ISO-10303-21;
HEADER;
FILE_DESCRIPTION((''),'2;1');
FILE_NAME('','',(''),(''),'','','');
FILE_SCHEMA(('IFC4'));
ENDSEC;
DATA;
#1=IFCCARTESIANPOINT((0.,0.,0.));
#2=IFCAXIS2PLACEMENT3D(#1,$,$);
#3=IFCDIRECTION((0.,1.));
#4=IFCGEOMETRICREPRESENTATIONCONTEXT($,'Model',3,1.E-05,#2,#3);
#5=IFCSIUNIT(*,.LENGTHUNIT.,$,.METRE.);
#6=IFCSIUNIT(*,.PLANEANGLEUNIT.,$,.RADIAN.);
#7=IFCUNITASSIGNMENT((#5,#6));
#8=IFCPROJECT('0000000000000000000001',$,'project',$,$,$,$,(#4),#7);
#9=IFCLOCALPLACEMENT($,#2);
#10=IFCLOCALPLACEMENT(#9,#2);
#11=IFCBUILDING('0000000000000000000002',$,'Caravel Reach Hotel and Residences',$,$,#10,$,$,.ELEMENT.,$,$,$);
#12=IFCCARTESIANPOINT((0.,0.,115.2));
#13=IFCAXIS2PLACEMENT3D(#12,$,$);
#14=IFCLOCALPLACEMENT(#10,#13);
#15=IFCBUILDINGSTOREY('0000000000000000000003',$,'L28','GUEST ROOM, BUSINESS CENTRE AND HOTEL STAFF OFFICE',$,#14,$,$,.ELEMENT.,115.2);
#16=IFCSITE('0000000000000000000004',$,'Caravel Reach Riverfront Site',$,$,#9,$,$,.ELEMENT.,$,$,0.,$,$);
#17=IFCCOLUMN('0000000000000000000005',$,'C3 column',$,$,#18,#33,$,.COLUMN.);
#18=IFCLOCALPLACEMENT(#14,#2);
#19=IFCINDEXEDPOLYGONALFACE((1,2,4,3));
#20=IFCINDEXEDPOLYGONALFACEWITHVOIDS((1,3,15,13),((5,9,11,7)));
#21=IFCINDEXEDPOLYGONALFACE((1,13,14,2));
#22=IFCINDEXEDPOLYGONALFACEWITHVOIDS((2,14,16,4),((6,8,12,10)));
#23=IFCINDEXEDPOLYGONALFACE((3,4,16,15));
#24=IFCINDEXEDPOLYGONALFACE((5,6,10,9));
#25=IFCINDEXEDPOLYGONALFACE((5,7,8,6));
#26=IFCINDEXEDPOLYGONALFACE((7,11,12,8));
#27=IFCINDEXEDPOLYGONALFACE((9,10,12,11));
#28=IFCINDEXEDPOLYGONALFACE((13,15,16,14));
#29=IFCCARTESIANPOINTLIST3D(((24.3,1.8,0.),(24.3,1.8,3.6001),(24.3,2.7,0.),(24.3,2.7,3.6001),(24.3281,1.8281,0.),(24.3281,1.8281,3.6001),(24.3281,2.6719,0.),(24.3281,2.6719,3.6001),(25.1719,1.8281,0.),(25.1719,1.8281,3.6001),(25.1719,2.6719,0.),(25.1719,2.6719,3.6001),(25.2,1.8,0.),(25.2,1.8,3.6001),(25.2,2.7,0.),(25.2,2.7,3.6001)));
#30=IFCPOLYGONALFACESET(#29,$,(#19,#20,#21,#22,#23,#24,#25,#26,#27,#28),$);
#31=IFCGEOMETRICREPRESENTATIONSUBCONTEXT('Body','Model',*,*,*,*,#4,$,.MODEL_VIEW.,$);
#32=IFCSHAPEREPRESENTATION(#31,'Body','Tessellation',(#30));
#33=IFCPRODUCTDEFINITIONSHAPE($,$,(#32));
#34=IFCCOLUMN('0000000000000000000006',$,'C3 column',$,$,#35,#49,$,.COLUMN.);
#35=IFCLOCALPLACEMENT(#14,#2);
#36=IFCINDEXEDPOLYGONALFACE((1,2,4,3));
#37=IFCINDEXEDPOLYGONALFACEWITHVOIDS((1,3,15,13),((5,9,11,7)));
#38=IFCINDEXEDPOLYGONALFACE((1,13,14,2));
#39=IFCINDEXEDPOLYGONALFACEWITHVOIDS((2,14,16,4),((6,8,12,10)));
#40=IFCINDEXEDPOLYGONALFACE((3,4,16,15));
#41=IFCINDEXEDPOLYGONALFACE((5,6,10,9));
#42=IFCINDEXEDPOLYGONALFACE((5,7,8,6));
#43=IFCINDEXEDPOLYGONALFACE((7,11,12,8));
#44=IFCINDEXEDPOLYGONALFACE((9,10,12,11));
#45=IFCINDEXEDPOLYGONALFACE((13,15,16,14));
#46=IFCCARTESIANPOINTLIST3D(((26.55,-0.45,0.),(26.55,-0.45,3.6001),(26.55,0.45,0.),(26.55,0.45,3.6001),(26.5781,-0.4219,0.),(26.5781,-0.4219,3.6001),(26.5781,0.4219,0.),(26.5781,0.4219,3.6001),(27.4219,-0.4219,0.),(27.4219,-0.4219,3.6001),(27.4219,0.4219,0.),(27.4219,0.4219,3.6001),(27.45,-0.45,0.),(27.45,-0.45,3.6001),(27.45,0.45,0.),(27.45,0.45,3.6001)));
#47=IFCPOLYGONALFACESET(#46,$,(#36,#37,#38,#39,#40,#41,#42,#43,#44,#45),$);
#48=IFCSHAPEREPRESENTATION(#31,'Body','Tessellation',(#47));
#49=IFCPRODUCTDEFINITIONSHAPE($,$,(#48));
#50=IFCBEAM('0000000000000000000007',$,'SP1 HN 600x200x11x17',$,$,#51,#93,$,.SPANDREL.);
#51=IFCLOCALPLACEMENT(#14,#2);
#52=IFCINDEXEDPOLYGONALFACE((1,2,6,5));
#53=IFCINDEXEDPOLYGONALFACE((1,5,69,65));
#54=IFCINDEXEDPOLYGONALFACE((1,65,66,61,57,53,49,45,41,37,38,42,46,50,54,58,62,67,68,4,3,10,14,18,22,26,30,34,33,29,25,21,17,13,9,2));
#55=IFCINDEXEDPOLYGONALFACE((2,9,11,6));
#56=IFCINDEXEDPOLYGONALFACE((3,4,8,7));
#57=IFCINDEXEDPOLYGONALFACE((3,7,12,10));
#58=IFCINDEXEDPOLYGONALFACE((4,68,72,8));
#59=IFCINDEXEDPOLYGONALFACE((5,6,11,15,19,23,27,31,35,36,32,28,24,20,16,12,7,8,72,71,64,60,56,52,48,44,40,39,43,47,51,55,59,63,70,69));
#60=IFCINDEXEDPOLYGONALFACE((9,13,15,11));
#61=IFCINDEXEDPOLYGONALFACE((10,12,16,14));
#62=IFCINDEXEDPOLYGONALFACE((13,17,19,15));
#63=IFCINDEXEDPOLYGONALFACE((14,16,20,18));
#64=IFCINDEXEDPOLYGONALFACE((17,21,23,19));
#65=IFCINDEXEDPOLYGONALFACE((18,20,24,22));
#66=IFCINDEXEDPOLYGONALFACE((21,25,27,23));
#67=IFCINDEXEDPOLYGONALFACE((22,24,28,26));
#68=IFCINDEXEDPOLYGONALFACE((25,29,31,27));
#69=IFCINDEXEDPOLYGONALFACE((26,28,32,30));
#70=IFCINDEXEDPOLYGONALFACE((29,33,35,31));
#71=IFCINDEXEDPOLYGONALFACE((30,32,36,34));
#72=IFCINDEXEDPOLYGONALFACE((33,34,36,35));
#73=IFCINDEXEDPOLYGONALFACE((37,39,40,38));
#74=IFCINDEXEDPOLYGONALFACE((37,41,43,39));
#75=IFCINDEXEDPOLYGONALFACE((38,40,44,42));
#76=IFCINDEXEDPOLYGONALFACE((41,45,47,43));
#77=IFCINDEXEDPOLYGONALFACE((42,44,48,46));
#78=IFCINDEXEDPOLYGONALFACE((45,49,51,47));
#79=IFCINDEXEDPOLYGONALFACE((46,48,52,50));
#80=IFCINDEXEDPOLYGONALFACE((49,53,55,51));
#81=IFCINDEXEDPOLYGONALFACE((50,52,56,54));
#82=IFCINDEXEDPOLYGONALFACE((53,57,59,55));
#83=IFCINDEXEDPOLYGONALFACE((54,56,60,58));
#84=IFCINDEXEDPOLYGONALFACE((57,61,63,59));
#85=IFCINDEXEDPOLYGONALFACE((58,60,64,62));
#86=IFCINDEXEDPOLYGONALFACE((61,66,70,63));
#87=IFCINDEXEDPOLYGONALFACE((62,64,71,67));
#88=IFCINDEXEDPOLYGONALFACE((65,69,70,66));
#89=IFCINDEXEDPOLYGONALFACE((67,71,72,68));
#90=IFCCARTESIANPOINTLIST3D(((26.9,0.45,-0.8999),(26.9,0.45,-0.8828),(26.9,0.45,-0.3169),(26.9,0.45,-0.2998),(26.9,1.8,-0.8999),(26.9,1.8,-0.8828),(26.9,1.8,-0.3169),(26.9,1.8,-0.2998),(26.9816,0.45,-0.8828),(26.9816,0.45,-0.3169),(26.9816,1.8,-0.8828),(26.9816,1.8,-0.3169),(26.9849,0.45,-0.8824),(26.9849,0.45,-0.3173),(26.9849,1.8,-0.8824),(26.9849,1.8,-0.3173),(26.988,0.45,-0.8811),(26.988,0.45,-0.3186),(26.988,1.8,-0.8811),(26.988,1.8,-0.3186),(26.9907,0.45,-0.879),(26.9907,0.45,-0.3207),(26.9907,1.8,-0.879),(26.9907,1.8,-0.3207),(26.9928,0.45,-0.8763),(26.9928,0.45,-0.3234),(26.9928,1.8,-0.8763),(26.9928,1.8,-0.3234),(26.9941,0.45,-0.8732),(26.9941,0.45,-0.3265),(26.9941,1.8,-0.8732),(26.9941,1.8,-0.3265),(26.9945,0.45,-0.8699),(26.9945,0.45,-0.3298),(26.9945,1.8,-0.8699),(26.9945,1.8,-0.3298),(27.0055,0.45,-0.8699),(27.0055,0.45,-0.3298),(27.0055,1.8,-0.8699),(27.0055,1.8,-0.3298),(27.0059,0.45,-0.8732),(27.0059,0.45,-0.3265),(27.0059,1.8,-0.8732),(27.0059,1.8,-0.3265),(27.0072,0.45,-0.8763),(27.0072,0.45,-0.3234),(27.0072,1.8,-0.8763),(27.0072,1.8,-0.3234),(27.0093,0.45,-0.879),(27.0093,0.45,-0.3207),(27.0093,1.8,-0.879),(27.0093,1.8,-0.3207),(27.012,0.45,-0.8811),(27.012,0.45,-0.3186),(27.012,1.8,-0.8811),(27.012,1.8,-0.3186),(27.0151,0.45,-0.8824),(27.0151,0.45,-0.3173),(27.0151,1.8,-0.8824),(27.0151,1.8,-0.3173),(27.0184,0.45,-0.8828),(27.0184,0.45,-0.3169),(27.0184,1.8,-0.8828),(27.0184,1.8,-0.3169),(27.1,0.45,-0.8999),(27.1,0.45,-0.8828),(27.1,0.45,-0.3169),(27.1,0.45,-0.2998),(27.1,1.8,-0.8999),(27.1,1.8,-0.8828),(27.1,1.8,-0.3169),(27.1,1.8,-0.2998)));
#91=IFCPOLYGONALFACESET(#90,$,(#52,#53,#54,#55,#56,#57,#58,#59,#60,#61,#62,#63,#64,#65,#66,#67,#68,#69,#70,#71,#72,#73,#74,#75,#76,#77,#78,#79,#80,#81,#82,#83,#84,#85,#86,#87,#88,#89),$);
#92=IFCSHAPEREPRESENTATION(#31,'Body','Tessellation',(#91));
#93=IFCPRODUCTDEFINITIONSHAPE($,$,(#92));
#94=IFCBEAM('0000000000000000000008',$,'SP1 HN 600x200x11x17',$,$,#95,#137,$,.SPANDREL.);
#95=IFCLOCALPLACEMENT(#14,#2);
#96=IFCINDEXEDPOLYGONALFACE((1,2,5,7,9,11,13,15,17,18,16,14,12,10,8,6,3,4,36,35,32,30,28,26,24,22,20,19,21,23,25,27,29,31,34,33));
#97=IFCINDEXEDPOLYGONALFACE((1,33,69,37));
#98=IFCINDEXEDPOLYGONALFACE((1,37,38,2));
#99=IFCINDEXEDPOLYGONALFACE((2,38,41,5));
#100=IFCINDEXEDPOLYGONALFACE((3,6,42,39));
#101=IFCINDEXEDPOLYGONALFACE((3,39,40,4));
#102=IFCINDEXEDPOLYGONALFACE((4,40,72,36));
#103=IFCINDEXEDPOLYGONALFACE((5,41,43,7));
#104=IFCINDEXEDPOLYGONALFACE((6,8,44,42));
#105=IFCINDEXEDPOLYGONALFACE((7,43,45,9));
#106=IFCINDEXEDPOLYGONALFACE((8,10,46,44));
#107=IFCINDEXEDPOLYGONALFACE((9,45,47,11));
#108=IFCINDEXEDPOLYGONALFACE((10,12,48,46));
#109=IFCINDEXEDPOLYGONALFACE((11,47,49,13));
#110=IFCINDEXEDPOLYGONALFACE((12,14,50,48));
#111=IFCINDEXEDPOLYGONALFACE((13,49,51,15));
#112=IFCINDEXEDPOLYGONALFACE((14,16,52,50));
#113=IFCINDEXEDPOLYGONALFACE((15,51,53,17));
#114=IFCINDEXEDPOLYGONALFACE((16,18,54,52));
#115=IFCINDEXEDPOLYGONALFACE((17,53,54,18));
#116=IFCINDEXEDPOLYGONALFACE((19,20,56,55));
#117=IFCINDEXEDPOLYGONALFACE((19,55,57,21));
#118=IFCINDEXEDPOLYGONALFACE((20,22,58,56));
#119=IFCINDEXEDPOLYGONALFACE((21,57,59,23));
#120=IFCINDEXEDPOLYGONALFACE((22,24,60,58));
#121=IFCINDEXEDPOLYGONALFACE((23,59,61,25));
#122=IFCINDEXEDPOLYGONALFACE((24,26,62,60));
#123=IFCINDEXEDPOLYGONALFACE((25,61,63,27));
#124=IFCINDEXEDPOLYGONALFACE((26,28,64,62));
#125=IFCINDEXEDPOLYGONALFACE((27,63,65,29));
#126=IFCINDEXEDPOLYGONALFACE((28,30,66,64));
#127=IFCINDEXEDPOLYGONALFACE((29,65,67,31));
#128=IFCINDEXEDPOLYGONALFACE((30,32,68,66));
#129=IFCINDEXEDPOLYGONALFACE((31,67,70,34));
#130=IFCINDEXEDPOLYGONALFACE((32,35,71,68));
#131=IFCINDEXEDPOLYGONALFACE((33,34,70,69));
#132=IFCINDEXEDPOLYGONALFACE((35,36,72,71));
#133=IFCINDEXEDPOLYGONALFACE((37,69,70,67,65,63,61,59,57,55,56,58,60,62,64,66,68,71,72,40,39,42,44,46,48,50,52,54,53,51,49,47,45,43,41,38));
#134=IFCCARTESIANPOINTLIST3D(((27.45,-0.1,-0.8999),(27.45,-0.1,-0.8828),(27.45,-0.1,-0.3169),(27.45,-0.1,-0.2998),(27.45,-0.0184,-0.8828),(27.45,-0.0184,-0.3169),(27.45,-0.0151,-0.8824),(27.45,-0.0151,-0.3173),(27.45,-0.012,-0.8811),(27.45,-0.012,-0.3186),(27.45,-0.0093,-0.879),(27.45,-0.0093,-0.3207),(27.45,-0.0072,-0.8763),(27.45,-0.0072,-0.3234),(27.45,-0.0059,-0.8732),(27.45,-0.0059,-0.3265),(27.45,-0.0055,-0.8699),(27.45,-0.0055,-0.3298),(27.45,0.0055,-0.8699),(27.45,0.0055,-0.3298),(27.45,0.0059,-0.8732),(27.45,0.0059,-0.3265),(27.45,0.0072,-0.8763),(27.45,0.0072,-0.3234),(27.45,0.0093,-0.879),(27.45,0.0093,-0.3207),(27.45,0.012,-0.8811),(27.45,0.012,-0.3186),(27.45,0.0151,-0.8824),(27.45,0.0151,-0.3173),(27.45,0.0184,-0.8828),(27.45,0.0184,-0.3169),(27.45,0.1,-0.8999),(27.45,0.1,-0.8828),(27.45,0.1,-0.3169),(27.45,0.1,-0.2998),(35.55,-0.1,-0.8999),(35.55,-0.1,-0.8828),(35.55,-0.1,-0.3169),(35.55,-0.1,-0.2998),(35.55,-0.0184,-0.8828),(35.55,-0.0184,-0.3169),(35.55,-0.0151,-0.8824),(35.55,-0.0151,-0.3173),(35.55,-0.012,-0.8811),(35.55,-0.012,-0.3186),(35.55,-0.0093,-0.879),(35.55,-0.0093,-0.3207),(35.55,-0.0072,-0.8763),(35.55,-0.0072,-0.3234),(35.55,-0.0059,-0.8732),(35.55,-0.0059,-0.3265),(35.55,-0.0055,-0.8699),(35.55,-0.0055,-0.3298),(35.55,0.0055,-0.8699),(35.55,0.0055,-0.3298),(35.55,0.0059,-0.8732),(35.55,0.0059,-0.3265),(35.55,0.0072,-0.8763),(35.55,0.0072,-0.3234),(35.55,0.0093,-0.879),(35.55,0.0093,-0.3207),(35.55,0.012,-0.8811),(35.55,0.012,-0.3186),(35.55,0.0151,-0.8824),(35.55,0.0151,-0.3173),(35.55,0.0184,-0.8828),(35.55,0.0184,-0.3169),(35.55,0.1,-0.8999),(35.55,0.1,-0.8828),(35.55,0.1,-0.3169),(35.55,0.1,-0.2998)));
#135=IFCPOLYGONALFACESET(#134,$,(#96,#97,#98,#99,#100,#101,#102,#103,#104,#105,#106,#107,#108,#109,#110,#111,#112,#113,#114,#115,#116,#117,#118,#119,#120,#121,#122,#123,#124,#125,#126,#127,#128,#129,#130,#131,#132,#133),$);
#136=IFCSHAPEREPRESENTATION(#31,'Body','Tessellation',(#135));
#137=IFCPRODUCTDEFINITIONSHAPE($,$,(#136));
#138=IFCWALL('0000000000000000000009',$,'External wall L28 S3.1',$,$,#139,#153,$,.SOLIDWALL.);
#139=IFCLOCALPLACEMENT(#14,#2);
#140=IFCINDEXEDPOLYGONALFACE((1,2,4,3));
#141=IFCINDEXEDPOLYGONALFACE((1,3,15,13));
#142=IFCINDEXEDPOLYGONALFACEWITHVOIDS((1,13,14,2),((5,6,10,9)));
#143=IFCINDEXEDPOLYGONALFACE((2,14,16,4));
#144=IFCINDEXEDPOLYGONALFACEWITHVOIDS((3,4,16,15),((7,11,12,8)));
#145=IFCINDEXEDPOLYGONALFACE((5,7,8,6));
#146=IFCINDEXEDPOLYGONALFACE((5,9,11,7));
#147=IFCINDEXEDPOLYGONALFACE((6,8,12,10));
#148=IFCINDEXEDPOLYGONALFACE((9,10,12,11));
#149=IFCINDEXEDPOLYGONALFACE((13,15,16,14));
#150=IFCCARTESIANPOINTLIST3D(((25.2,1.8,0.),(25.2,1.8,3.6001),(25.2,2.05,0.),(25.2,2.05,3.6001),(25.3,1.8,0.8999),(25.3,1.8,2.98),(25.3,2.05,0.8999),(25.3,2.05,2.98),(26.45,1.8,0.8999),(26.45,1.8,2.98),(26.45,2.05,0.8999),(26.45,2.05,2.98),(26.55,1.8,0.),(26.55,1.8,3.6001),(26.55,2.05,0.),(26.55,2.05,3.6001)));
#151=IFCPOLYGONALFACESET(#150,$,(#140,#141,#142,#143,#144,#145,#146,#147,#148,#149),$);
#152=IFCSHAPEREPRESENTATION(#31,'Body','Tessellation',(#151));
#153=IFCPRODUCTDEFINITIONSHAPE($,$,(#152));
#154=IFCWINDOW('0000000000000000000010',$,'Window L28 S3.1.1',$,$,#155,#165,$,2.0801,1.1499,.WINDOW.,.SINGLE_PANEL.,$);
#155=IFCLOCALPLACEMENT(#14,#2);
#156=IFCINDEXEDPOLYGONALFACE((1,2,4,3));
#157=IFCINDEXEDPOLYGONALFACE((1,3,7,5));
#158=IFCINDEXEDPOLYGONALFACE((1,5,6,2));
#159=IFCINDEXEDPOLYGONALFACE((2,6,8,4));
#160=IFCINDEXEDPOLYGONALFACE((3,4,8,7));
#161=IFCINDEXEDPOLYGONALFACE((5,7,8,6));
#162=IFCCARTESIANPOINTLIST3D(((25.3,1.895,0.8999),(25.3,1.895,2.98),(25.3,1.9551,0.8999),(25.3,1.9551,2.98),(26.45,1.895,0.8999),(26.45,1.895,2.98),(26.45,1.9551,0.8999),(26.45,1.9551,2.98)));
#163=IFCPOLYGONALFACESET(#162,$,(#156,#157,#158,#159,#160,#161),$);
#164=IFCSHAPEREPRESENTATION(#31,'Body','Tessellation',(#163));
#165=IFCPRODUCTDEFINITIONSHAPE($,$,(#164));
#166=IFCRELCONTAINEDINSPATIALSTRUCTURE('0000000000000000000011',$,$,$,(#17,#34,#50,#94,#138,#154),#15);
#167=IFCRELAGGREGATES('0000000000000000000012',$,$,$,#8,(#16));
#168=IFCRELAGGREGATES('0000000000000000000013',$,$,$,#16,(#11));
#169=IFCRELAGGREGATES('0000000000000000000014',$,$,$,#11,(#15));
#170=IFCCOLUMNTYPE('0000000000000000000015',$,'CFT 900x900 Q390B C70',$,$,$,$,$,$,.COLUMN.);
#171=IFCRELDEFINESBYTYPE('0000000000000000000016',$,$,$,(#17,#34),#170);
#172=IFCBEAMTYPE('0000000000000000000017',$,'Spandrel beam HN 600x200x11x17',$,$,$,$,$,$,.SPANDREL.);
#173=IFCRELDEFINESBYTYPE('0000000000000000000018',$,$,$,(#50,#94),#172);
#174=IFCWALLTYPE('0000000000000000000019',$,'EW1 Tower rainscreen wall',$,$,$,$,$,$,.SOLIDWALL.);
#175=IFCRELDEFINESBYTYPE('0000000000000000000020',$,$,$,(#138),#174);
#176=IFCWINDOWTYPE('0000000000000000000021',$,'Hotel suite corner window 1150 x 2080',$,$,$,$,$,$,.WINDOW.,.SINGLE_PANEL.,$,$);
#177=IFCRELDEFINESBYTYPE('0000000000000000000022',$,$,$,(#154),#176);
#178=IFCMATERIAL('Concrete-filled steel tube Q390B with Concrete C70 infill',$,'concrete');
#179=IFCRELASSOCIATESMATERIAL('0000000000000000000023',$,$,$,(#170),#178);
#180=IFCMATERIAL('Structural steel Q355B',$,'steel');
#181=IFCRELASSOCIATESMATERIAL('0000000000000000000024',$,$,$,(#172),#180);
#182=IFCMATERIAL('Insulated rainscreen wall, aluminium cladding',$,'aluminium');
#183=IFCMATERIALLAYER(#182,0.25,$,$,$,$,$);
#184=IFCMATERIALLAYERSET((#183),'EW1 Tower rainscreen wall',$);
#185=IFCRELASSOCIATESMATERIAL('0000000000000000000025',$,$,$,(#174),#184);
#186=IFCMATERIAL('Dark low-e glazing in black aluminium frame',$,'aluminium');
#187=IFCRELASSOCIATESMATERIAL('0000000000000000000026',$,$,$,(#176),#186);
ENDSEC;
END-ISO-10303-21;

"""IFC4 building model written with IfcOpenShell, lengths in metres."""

from ifc_helpers import new_model, si_unit, direction, frame, frame_2d, origin, origin_2d, place, context, subcontext, project, spatial, rectangle, hollow_rectangle, i_section, extrude, material, layer, layer_set, material_profile, profile_set, type_object, element, fill, save


model = new_model("IFC4")

# Units and contexts
model_context = context("Model", 3, precision=1e-05, world=origin(), true_north=direction((0.0, 1.0)))
body_context = subcontext(model_context, "Body", "Model", "MODEL_VIEW")
ifc_project = project(units=[si_unit("LENGTHUNIT", "METRE"), si_unit("PLANEANGLEUNIT", "RADIAN")], contexts=[model_context])

# Site, building, storey
site_placement = place(None, origin())
site = spatial("IfcSite", under=ifc_project, at=site_placement, Name="Caravel Reach Riverfront Site", CompositionType="ELEMENT", RefElevation=0.0)
building_placement = place(site_placement, origin())
building = spatial("IfcBuilding", under=site, at=building_placement, Name="Caravel Reach Hotel and Residences", CompositionType="ELEMENT")
storey_placement = place(building_placement, frame((0.0, 0.0, 115.2)))
storey = spatial("IfcBuildingStorey", under=building, at=storey_placement, Name="L28", Description="GUEST ROOM, BUSINESS CENTRE AND HOTEL STAFF OFFICE", CompositionType="ELEMENT", Elevation=115.2)

# Columns
ifc_material_1 = material(Name="Concrete-filled steel tube Q390B with Concrete C70 infill", Category="concrete")
ifc_material_profile_1 = material_profile(ifc_material_1, hollow_rectangle(XDim=0.8999, YDim=0.8999, WallThickness=0.0281, at=origin_2d()), Name="RHS 900x900x28")
ifc_profile_set_1 = profile_set([ifc_material_profile_1], Name="Concrete-filled steel tube Q390B with Concrete C70 infill")
column_type = type_object("IfcColumnType", Name="CFT 900x900 Q390B C70", PredefinedType="COLUMN", material=ifc_profile_set_1)
for number, where, z_axis, x_axis, name in (
    (1, (24.75, 2.25, 0.0), (0.0, 0.0, 1.0), (1.0, 0.0, 0.0), "C3 column"),
    (2, (27.0, 0.0, 0.0), (0.0, 0.0, 1.0), (1.0, 0.0, 0.0), "C3 column"),
):
    element("IfcColumn", number, at=place(storey_placement, frame(where, z_axis=z_axis, x_axis=x_axis)), inside=storey, type_object=column_type, Name=name, PredefinedType="COLUMN", context=body_context, shape_type="SweptSolid", body=[
        extrude(hollow_rectangle(XDim=0.8999, YDim=0.8999, WallThickness=0.0281, at=origin_2d()), origin(), (0.0, 0.0, 1.0), 3.6001),
    ])

# Beams
ifc_material_2 = material(Name="Structural steel Q355B", Category="steel")
ifc_material_profile_2 = material_profile(ifc_material_2, i_section(OverallWidth=0.2, OverallDepth=0.6001, WebThickness=0.011, FlangeThickness=0.0171, FilletRadius=0.0129, at=origin_2d()), Name="HN 600x200x11x17")
ifc_profile_set_2 = profile_set([ifc_material_profile_2], Name="Structural steel Q355B")
beam_type = type_object("IfcBeamType", Name="Spandrel beam HN 600x200x11x17", PredefinedType="SPANDREL", material=ifc_profile_set_2)
beam_1_placement = place(storey_placement, frame((27.0, 1.8, -0.5999), z_axis=(0.0, -1.0, 0.0), x_axis=(1.0, 0.0, 0.0)))
element("IfcBeam", 3, at=beam_1_placement, inside=storey, type_object=beam_type, Name="SP1 HN 600x200x11x17", PredefinedType="SPANDREL", context=body_context, shape_type="SweptSolid", body=[
    extrude(i_section(OverallWidth=0.2, OverallDepth=0.6001, WebThickness=0.011, FlangeThickness=0.0171, FilletRadius=0.0129, at=origin_2d()), origin(), (0.0, 0.0, 1.0), 1.3501),
])
beam_2_placement = place(storey_placement, frame((27.45, 0.0, -0.5999), z_axis=(1.0, 0.0, 0.0), x_axis=(0.0, 1.0, 0.0)))
element("IfcBeam", 4, at=beam_2_placement, inside=storey, type_object=beam_type, Name="SP1 HN 600x200x11x17", PredefinedType="SPANDREL", context=body_context, shape_type="SweptSolid", body=[
    extrude(i_section(OverallWidth=0.2, OverallDepth=0.6001, WebThickness=0.011, FlangeThickness=0.0171, FilletRadius=0.0129, at=origin_2d()), origin(), (0.0, 0.0, 1.0), 8.1001),
])

# Wall, opening, window
ifc_material_3 = material(Name="Insulated rainscreen wall, aluminium cladding", Category="aluminium")
ifc_layer = layer(ifc_material_3, 0.25)
ifc_layer_set = layer_set([ifc_layer], Name="EW1 Tower rainscreen wall")
wall_type = type_object("IfcWallType", Name="EW1 Tower rainscreen wall", PredefinedType="SOLIDWALL", material=ifc_layer_set)
wall_1_placement = place(storey_placement, frame((25.2, 1.925, 0.0), z_axis=(0.0, 0.0, 1.0), x_axis=(1.0, 0.0, 0.0)))
wall_1 = element("IfcWall", 5, at=wall_1_placement, inside=storey, type_object=wall_type, Name="External wall L28 S3.1", PredefinedType="SOLIDWALL", context=body_context, shape_type="SweptSolid", body=[
    extrude(rectangle(XDim=1.3501, YDim=0.25, at=frame_2d((0.675, 0.0))), origin(), (0.0, 0.0, 1.0), 3.6001),
])
opening_1_placement = place(wall_1_placement, frame((0.1001, 0.0, 0.8999)))
opening_1 = element("IfcOpeningElement", 6, at=opening_1_placement, cuts=wall_1, PredefinedType="OPENING", context=body_context, shape_type="SweptSolid", body=[
    extrude(rectangle(XDim=1.1499, YDim=2.0801, at=frame_2d((0.575, 1.04))), frame((0.0, 0.135, 0.0), z_axis=(0.0, -1.0, 0.0), x_axis=(1.0, 0.0, 0.0)), (0.0, 0.0, 1.0), 0.27),
])
ifc_material_4 = material(Name="Dark low-e glazing in black aluminium frame", Category="aluminium")
window_type_1 = type_object("IfcWindowType", Name="Hotel suite corner window 1150 x 2080", PartitioningType="SINGLE_PANEL", PredefinedType="WINDOW", material=ifc_material_4)
window_1_placement = place(opening_1_placement, origin())
window_1 = element("IfcWindow", 7, at=window_1_placement, inside=storey, type_object=window_type_1, Name="Window L28 S3.1.1", OverallHeight=2.0801, OverallWidth=1.1499, PartitioningType="SINGLE_PANEL", PredefinedType="WINDOW", context=body_context, shape_type="SweptSolid", body=[
    extrude(rectangle(XDim=1.1499, YDim=2.0801, at=frame_2d((0.575, 1.04))), frame((0.0, 0.03, 0.0), z_axis=(0.0, -1.0, 0.0), x_axis=(1.0, 0.0, 0.0)), (0.0, 0.0, 1.0), 0.0601),
])
fill(opening_1, window_1)

save(model, "model.ifc")
